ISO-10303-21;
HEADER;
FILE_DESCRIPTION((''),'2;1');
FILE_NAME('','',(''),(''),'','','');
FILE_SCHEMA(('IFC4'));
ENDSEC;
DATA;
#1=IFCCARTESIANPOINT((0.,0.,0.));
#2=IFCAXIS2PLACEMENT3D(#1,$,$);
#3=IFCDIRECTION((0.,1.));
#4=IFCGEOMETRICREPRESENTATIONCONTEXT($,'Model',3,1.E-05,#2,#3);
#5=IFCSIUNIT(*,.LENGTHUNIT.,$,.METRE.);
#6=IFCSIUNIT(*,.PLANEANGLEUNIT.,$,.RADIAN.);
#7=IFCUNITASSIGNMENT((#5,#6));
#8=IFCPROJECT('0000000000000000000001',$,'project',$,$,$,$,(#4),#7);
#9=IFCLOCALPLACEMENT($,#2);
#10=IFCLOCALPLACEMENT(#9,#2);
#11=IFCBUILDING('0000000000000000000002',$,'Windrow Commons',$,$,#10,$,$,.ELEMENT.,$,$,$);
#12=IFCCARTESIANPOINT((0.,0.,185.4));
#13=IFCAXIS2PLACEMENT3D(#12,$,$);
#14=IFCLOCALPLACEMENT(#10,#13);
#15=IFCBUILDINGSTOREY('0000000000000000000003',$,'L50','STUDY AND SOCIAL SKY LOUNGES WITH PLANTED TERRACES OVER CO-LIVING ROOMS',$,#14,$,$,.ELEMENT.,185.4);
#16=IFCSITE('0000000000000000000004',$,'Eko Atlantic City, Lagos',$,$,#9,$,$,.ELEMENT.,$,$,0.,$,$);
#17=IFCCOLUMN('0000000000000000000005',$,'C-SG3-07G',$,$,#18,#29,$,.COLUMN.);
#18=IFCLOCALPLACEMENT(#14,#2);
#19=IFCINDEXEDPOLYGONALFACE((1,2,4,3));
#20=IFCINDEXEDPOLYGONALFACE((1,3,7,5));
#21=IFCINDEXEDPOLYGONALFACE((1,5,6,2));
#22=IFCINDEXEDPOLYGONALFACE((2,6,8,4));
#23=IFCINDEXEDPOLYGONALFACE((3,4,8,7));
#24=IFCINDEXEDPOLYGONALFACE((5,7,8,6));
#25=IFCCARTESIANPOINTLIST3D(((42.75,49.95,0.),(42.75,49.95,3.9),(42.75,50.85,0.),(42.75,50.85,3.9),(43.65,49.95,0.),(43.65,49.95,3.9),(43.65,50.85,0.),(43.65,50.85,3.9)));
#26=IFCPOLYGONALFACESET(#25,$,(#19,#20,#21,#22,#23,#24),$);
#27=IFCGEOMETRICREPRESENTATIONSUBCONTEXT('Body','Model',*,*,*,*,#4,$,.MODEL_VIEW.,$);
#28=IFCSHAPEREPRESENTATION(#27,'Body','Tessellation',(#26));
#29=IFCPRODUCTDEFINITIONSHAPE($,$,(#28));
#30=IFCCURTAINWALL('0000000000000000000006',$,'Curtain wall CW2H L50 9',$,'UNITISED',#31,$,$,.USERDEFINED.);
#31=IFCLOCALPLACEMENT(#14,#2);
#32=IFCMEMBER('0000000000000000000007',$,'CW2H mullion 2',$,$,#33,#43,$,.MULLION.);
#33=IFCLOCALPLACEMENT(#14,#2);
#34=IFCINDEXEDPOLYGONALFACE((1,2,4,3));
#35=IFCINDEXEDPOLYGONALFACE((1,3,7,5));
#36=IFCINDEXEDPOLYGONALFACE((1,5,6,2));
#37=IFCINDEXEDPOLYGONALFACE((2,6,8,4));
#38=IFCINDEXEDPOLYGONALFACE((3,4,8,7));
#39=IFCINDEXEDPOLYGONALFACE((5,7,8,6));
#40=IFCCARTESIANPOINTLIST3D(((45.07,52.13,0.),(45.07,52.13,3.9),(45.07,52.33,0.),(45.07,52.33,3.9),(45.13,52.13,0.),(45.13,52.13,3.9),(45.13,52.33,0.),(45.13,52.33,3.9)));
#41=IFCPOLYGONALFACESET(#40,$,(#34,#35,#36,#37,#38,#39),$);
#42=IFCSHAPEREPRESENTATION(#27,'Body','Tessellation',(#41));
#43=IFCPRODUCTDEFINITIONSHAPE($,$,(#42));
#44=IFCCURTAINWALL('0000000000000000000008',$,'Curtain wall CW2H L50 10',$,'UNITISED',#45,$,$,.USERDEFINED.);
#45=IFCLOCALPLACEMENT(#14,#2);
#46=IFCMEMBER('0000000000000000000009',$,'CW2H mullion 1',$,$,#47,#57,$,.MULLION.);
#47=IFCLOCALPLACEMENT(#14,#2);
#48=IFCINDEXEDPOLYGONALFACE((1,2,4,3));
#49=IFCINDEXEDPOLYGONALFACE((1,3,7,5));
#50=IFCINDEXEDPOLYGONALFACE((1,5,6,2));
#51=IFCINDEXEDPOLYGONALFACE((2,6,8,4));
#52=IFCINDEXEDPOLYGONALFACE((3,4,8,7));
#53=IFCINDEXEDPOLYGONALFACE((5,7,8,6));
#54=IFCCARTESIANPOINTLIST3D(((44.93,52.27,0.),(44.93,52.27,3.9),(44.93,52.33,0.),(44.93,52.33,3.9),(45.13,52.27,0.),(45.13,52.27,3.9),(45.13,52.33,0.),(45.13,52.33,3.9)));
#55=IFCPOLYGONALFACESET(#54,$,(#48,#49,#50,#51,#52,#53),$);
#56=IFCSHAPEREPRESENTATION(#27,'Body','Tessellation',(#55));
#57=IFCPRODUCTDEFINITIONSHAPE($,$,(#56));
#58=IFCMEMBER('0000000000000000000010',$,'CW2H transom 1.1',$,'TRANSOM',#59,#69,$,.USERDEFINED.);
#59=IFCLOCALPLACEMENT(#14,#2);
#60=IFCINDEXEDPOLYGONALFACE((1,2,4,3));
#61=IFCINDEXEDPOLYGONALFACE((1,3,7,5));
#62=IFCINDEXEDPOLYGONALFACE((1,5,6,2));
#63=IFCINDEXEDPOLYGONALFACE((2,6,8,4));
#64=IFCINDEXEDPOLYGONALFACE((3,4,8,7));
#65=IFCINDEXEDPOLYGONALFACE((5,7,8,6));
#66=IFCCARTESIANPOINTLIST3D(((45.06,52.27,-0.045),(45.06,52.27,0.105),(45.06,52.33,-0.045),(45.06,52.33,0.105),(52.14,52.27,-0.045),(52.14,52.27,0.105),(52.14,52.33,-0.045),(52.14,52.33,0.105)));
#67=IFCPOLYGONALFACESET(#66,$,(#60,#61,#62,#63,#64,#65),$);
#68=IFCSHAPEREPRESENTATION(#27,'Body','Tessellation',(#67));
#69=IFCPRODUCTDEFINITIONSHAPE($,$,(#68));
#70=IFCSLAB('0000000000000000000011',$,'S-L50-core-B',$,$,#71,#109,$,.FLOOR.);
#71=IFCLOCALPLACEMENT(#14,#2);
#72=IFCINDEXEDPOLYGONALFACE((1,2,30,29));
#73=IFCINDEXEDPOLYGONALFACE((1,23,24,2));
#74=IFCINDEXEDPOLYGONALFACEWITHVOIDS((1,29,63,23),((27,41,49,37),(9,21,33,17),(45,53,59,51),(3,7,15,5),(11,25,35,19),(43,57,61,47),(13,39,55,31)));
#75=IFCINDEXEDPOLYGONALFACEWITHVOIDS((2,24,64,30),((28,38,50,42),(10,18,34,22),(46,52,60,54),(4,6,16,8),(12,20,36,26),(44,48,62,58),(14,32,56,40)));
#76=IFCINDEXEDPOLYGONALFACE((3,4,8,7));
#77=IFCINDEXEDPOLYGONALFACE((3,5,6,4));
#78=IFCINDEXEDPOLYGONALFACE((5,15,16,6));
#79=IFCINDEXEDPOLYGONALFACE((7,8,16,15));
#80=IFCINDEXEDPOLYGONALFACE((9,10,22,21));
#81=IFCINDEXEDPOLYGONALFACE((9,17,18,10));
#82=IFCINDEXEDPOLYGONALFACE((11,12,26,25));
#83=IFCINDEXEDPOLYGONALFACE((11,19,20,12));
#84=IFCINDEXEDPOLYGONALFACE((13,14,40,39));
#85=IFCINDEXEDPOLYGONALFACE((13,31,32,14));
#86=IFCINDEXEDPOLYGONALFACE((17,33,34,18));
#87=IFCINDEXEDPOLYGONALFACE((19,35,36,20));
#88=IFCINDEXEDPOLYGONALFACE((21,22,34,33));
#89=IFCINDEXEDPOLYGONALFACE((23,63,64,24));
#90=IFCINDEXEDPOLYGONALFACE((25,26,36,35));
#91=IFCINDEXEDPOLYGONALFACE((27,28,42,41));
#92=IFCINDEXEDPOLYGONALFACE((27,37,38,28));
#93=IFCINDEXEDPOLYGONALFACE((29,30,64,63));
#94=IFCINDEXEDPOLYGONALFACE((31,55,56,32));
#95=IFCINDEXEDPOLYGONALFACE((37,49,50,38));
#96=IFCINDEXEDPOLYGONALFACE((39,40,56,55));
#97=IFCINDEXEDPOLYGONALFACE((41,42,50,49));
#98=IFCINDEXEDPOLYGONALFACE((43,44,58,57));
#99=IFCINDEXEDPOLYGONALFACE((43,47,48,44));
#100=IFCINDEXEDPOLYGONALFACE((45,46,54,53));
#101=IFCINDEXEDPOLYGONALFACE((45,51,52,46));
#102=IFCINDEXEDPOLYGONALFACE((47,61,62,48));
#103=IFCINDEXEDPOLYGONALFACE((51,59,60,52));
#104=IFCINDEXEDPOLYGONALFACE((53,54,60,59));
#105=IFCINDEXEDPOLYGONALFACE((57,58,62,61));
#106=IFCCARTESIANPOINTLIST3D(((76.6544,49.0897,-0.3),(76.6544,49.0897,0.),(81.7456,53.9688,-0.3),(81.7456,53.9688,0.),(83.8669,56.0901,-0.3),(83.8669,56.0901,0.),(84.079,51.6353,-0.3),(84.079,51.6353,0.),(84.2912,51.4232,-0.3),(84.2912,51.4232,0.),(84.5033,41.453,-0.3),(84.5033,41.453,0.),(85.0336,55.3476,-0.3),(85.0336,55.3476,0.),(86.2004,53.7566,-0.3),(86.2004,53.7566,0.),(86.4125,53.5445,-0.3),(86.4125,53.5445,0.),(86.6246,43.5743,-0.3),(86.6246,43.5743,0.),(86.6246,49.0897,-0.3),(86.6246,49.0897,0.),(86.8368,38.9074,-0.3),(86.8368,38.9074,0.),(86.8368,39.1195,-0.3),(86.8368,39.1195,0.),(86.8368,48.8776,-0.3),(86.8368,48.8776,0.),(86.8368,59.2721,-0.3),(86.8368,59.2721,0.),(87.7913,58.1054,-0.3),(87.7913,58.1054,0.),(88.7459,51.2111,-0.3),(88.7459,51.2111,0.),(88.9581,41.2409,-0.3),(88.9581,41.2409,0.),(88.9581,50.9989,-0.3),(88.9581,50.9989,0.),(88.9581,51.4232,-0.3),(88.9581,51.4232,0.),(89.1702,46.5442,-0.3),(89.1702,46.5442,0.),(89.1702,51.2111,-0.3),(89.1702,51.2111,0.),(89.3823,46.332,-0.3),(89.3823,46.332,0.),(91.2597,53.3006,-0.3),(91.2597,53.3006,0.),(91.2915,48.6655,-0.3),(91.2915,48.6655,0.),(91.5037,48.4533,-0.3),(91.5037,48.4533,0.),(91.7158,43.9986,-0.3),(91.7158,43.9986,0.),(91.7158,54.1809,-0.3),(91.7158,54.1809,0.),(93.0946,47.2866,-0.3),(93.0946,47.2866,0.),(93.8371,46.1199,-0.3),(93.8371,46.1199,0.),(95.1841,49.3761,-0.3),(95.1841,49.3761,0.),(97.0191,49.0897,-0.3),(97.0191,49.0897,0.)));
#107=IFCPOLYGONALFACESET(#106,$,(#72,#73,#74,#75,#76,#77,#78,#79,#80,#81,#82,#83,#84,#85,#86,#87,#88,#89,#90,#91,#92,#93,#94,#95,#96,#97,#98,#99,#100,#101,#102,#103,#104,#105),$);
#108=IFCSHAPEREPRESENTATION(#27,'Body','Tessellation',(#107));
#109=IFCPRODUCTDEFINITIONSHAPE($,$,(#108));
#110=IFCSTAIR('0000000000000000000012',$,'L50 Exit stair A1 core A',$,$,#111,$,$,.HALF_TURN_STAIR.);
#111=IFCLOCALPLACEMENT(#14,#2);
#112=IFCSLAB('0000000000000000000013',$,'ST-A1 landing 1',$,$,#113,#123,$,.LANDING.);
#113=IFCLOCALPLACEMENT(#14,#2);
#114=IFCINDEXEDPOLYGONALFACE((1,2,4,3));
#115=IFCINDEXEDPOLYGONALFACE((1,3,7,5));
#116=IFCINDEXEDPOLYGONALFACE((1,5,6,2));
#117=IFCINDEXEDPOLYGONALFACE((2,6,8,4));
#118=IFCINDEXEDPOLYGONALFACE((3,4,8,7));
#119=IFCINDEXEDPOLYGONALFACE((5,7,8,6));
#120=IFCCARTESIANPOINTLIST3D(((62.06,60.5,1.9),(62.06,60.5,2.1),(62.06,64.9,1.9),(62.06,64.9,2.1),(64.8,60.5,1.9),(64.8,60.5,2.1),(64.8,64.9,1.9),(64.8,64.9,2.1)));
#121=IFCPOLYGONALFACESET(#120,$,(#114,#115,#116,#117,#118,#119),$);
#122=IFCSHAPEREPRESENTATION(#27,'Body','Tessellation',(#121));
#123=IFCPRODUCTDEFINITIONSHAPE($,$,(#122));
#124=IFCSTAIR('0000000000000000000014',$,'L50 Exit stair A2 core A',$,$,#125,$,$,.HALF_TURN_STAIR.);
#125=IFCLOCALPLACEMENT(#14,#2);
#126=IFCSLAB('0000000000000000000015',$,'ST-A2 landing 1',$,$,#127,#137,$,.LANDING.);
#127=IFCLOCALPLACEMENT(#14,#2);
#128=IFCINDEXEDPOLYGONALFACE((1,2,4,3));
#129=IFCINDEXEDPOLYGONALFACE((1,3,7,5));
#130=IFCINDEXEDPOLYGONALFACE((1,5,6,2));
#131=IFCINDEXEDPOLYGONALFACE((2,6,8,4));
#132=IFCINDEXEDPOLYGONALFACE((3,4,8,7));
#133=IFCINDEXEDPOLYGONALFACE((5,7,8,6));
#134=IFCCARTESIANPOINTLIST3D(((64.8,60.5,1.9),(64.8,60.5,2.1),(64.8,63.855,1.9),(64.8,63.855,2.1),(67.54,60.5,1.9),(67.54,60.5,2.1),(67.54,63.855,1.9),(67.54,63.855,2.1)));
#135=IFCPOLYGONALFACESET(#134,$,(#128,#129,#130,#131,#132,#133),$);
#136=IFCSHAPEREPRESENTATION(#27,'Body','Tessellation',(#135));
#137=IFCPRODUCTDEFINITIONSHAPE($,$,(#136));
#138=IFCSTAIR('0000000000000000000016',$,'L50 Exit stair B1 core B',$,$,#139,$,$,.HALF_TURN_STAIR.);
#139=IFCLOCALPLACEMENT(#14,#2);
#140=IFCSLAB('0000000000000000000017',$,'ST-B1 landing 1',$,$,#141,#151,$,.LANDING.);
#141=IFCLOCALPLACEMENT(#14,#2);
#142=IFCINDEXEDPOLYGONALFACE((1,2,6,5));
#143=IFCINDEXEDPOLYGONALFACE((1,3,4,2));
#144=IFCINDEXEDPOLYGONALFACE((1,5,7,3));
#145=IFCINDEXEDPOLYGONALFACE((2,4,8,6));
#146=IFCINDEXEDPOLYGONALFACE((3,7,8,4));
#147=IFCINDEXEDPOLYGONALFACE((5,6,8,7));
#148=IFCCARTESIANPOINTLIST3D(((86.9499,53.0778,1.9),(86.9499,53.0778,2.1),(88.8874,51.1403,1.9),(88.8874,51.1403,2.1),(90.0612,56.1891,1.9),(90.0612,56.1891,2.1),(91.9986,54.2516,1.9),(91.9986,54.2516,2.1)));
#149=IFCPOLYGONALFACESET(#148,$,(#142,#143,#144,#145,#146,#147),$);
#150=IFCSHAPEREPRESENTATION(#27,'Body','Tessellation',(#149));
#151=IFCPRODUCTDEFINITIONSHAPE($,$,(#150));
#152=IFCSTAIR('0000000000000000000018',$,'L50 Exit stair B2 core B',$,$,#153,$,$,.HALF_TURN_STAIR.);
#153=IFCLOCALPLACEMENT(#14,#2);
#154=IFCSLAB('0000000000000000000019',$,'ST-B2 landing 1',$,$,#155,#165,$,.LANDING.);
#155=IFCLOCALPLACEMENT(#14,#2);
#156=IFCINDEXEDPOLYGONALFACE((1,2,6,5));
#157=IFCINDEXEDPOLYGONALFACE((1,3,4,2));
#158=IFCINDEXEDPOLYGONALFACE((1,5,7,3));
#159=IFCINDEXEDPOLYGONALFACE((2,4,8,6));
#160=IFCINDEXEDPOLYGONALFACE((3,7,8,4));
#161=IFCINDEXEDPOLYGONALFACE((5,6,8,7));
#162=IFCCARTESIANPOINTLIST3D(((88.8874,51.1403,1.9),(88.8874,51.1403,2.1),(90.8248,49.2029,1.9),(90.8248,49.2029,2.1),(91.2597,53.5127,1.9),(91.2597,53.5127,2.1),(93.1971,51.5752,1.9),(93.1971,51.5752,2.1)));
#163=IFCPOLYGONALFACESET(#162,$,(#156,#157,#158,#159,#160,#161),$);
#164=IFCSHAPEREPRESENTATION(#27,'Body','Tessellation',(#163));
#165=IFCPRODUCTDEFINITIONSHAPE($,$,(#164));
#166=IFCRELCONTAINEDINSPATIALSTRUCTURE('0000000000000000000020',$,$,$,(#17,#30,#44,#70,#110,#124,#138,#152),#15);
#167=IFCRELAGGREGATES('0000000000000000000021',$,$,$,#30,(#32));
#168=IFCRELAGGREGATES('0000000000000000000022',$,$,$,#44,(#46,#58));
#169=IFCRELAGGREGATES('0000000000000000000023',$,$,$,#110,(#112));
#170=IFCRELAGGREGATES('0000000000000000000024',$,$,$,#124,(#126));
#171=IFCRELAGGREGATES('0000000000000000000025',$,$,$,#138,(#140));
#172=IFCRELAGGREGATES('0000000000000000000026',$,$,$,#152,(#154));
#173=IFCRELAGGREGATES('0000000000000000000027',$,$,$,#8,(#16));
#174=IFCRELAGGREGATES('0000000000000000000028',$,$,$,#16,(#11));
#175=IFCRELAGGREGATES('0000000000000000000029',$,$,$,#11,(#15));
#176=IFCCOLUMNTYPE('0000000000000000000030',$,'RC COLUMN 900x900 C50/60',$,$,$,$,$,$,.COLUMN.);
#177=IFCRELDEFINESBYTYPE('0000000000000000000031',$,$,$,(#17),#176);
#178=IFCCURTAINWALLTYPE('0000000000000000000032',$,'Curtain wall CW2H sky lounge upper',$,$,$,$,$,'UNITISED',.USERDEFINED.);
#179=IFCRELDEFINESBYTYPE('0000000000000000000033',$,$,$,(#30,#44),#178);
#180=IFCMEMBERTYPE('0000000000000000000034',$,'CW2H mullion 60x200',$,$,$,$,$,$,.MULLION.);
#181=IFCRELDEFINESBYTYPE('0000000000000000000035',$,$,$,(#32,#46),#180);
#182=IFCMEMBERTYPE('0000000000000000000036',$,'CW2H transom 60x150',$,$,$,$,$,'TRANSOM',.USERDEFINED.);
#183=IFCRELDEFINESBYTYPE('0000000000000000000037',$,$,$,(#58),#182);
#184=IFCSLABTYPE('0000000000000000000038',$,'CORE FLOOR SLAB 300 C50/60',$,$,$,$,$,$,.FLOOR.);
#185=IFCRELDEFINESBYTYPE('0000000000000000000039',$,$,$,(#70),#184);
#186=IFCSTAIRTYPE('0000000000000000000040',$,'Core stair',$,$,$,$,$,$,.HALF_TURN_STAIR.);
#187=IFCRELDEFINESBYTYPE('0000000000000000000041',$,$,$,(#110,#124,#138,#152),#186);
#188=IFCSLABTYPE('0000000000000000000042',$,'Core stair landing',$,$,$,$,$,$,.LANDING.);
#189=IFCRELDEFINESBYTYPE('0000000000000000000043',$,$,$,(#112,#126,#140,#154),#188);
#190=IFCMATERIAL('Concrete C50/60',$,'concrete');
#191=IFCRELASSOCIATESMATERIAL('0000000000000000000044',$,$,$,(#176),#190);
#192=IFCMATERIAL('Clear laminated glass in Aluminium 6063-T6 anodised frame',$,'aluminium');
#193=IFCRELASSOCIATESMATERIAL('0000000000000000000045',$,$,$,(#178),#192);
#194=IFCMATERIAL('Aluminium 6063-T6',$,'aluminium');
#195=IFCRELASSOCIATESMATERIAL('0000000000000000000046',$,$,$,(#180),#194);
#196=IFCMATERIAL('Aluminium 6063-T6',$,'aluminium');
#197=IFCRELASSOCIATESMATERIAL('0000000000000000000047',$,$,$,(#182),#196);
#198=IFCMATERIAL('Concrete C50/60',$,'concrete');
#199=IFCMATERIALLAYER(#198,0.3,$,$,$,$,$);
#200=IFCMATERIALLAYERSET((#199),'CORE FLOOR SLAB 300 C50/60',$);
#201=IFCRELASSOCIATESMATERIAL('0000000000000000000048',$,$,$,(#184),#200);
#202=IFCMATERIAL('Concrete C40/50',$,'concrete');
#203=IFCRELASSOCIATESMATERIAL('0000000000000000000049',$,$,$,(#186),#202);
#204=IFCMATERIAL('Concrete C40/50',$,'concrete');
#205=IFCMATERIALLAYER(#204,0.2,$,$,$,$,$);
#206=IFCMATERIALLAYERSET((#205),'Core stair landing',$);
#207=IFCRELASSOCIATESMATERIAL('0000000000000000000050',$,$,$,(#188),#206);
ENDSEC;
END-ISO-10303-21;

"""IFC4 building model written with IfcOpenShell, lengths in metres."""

from ifc_helpers import new_model, si_unit, direction, frame, origin, origin_2d, place, context, subcontext, project, spatial, polyline, rectangle, outline, extrude, material, layer, layer_set, material_profile, profile_set, type_object, element, aggregate, save


model = new_model("IFC4")

# Units and contexts
model_context = context("Model", 3, precision=1e-05, world=origin(), true_north=direction((0.0, 1.0)))
body_context = subcontext(model_context, "Body", "Model", "MODEL_VIEW")
ifc_project = project(units=[si_unit("LENGTHUNIT", "METRE"), si_unit("PLANEANGLEUNIT", "RADIAN")], contexts=[model_context])

# Site, building, storey
site_placement = place(None, origin())
site = spatial("IfcSite", under=ifc_project, at=site_placement, Name="Eko Atlantic City, Lagos", CompositionType="ELEMENT", RefElevation=0.0)
building_placement = place(site_placement, origin())
building = spatial("IfcBuilding", under=site, at=building_placement, Name="Windrow Commons", CompositionType="ELEMENT")
storey_placement = place(building_placement, frame((0.0, 0.0, 185.4)))
storey = spatial("IfcBuildingStorey", under=building, at=storey_placement, Name="L50", Description="STUDY AND SOCIAL SKY LOUNGES WITH PLANTED TERRACES OVER CO-LIVING ROOMS", CompositionType="ELEMENT", Elevation=185.4)

# Column
ifc_material_1 = material(Name="Concrete C50/60", Category="concrete")
ifc_material_profile_1 = material_profile(ifc_material_1, rectangle(XDim=0.9, YDim=0.9, at=origin_2d()))
ifc_profile_set_1 = profile_set([ifc_material_profile_1], Name="Concrete C50/60")
column_type = type_object("IfcColumnType", Name="RC COLUMN 900x900 C50/60", PredefinedType="COLUMN", material=ifc_profile_set_1)
column_placement = place(storey_placement, frame((43.2, 50.4, 0.0), z_axis=(0.0, 0.0, 1.0), x_axis=(1.0, 0.0, 0.0)))
element("IfcColumn", 1, at=column_placement, inside=storey, type_object=column_type, Name="C-SG3-07G", PredefinedType="COLUMN", context=body_context, shape_type="SweptSolid", body=[
    extrude(rectangle(XDim=0.9, YDim=0.9, at=origin_2d()), origin(), (0.0, 0.0, 1.0), 3.9),
])

# Curtain wall, member
ifc_material_2 = material(Name="Clear laminated glass in Aluminium 6063-T6 anodised frame", Category="aluminium")
curtain_wall_type = type_object("IfcCurtainWallType", Name="Curtain wall CW2H sky lounge upper", ElementType="UNITISED", PredefinedType="USERDEFINED", material=ifc_material_2)
placement_1 = place(storey_placement, origin())
curtain_wall_1 = element("IfcCurtainWall", 2, at=placement_1, inside=storey, type_object=curtain_wall_type, Name="Curtain wall CW2H L50 9", ObjectType="UNITISED", PredefinedType="USERDEFINED")
ifc_material_3 = material(Name="Aluminium 6063-T6", Category="aluminium")
ifc_material_profile_2 = material_profile(ifc_material_3, rectangle(XDim=0.06, YDim=0.2, at=origin_2d()))
ifc_profile_set_2 = profile_set([ifc_material_profile_2], Name="Aluminium 6063-T6")
member_type_1 = type_object("IfcMemberType", Name="CW2H mullion 60x200", PredefinedType="MULLION", material=ifc_profile_set_2)
member_1_placement = place(storey_placement, frame((45.1, 52.23, 0.0), z_axis=(0.0, 0.0, 1.0), x_axis=(1.0, 0.0, 0.0)))
member_1 = element("IfcMember", 3, at=member_1_placement, type_object=member_type_1, Name="CW2H mullion 2", PredefinedType="MULLION", context=body_context, shape_type="SweptSolid", body=[
    extrude(rectangle(XDim=0.06, YDim=0.2, at=origin_2d()), origin(), (0.0, 0.0, 1.0), 3.9),
])
aggregate(curtain_wall_1, [member_1])

# Curtain wall, members
curtain_wall_2 = element("IfcCurtainWall", 4, at=placement_1, inside=storey, type_object=curtain_wall_type, Name="Curtain wall CW2H L50 10", ObjectType="UNITISED", PredefinedType="USERDEFINED")
member_2_placement = place(storey_placement, frame((45.03, 52.3, 0.0), z_axis=(0.0, 0.0, 1.0), x_axis=(0.0, 1.0, 0.0)))
member_2 = element("IfcMember", 5, at=member_2_placement, type_object=member_type_1, Name="CW2H mullion 1", PredefinedType="MULLION", context=body_context, shape_type="SweptSolid", body=[
    extrude(rectangle(XDim=0.06, YDim=0.2, at=origin_2d()), origin(), (0.0, 0.0, 1.0), 3.9),
])
ifc_material_4 = material(Name="Aluminium 6063-T6", Category="aluminium")
ifc_material_profile_3 = material_profile(ifc_material_4, rectangle(XDim=0.06, YDim=0.15, at=origin_2d()))
ifc_profile_set_3 = profile_set([ifc_material_profile_3], Name="Aluminium 6063-T6")
member_type_2 = type_object("IfcMemberType", Name="CW2H transom 60x150", ElementType="TRANSOM", PredefinedType="USERDEFINED", material=ifc_profile_set_3)
member_3_placement = place(storey_placement, frame((45.06, 52.3, 0.03), z_axis=(1.0, 0.0, 0.0), x_axis=(0.0, 1.0, 0.0)))
member_3 = element("IfcMember", 6, at=member_3_placement, type_object=member_type_2, Name="CW2H transom 1.1", ObjectType="TRANSOM", PredefinedType="USERDEFINED", context=body_context, shape_type="SweptSolid", body=[
    extrude(rectangle(XDim=0.06, YDim=0.15, at=origin_2d()), origin(), (0.0, 0.0, 1.0), 7.08),
])
aggregate(curtain_wall_2, [member_2, member_3])

# Slab, openings
ifc_material_5 = material(Name="Concrete C50/60", Category="concrete")
ifc_layer_1 = layer(ifc_material_5, 0.3)
ifc_layer_set_1 = layer_set([ifc_layer_1], Name="CORE FLOOR SLAB 300 C50/60")
slab_type_1 = type_object("IfcSlabType", Name="CORE FLOOR SLAB 300 C50/60", PredefinedType="FLOOR", material=ifc_layer_set_1)
placement_2 = place(storey_placement, frame((0.0, 0.0, -0.3)))
slab_1 = element("IfcSlab", 7, at=placement_2, inside=storey, type_object=slab_type_1, Name="S-L50-core-B", PredefinedType="FLOOR", context=body_context, shape_type="SweptSolid", body=[
    extrude(outline(polyline([(76.6544, 49.0897), (86.8368, 38.9074), (97.0191, 49.0897), (86.8368, 59.2721), (76.6544, 49.0897)]), holes=[polyline([(84.5033, 41.453), (86.8368, 39.1195), (88.9581, 41.2409), (86.6246, 43.5743), (84.5033, 41.453)]), polyline([(81.7456, 53.9688), (84.079, 51.6353), (86.2004, 53.7566), (83.8669, 56.0901), (81.7456, 53.9688)]), polyline([(84.2912, 51.4232), (86.6246, 49.0897), (88.7459, 51.2111), (86.4125, 53.5445), (84.2912, 51.4232)]), polyline([(86.8368, 48.8776), (89.1702, 46.5442), (91.2915, 48.6655), (88.9581, 50.9989), (86.8368, 48.8776)]), polyline([(89.3823, 46.332), (91.7158, 43.9986), (93.8371, 46.1199), (91.5037, 48.4533), (89.3823, 46.332)]), polyline([(85.0336, 55.3476), (88.9581, 51.4232), (91.7158, 54.1809), (87.7913, 58.1054), (85.0336, 55.3476)]), polyline([(89.1702, 51.2111), (93.0946, 47.2866), (95.1841, 49.3761), (91.2597, 53.3006), (89.1702, 51.2111)])]), origin(), (0.0, 0.0, 1.0), 0.3),
])
opening_1_placement = place(placement_2, origin())
element("IfcOpeningElement", 8, at=opening_1_placement, cuts=slab_1, PredefinedType="OPENING", context=body_context, shape_type="SweptSolid", body=[
    extrude(outline(polyline([(84.5104, 41.453), (86.6246, 43.5672), (88.951, 41.2409), (86.8368, 39.1266), (84.5104, 41.453)])), origin(), (0.0, 0.0, 1.0), 0.3),
])
opening_2_placement = place(placement_2, origin())
element("IfcOpeningElement", 9, at=opening_2_placement, cuts=slab_1, PredefinedType="OPENING", context=body_context, shape_type="SweptSolid", body=[
    extrude(outline(polyline([(81.7527, 53.9688), (83.8669, 56.083), (86.1933, 53.7566), (84.079, 51.6424), (81.7527, 53.9688)])), origin(), (0.0, 0.0, 1.0), 0.3),
])
opening_3_placement = place(placement_2, origin())
element("IfcOpeningElement", 10, at=opening_3_placement, cuts=slab_1, PredefinedType="OPENING", context=body_context, shape_type="SweptSolid", body=[
    extrude(outline(polyline([(84.2983, 51.4232), (86.4125, 53.5374), (88.7388, 51.2111), (86.6246, 49.0968), (84.2983, 51.4232)])), origin(), (0.0, 0.0, 1.0), 0.3),
])
opening_4_placement = place(placement_2, origin())
element("IfcOpeningElement", 11, at=opening_4_placement, cuts=slab_1, PredefinedType="OPENING", context=body_context, shape_type="SweptSolid", body=[
    extrude(outline(polyline([(86.8439, 48.8776), (88.9581, 50.9918), (91.2844, 48.6655), (89.1702, 46.5513), (86.8439, 48.8776)])), origin(), (0.0, 0.0, 1.0), 0.3),
])
opening_5_placement = place(placement_2, origin())
element("IfcOpeningElement", 12, at=opening_5_placement, cuts=slab_1, PredefinedType="OPENING", context=body_context, shape_type="SweptSolid", body=[
    extrude(outline(polyline([(89.3894, 46.332), (91.5037, 48.4462), (93.83, 46.1199), (91.7158, 44.0057), (89.3894, 46.332)])), origin(), (0.0, 0.0, 1.0), 0.3),
])
opening_6_placement = place(placement_2, origin())
element("IfcOpeningElement", 13, at=opening_6_placement, cuts=slab_1, PredefinedType="OPENING", context=body_context, shape_type="SweptSolid", body=[
    extrude(outline(polyline([(85.0407, 55.3476), (87.7913, 58.0983), (91.7087, 54.1809), (88.9581, 51.4303), (85.0407, 55.3476)])), origin(), (0.0, 0.0, 1.0), 0.3),
])
opening_7_placement = place(placement_2, origin())
element("IfcOpeningElement", 14, at=opening_7_placement, cuts=slab_1, PredefinedType="OPENING", context=body_context, shape_type="SweptSolid", body=[
    extrude(outline(polyline([(89.1773, 51.2111), (91.2597, 53.2935), (95.177, 49.3761), (93.0946, 47.2937), (89.1773, 51.2111)])), origin(), (0.0, 0.0, 1.0), 0.3),
])

# Stairs, slabs
ifc_material_6 = material(Name="Concrete C40/50", Category="concrete")
stair_type = type_object("IfcStairType", Name="Core stair", PredefinedType="HALF_TURN_STAIR", material=ifc_material_6)
stair_1 = element("IfcStair", 15, at=placement_1, inside=storey, type_object=stair_type, Name="L50 Exit stair A1 core A", PredefinedType="HALF_TURN_STAIR")
ifc_material_7 = material(Name="Concrete C40/50", Category="concrete")
ifc_layer_2 = layer(ifc_material_7, 0.2)
ifc_layer_set_2 = layer_set([ifc_layer_2], Name="Core stair landing")
slab_type_2 = type_object("IfcSlabType", Name="Core stair landing", PredefinedType="LANDING", material=ifc_layer_set_2)
placement_3 = place(storey_placement, frame((0.0, 0.0, 1.9)))
slab_2 = element("IfcSlab", 16, at=placement_3, type_object=slab_type_2, Name="ST-A1 landing 1", PredefinedType="LANDING", context=body_context, shape_type="SweptSolid", body=[
    extrude(outline(polyline([(62.06, 60.5), (64.8, 60.5), (64.8, 64.9), (62.06, 64.9), (62.06, 60.5)])), origin(), (0.0, 0.0, 1.0), 0.2),
])
aggregate(stair_1, [slab_2])
stair_2 = element("IfcStair", 17, at=placement_1, inside=storey, type_object=stair_type, Name="L50 Exit stair A2 core A", PredefinedType="HALF_TURN_STAIR")
slab_3 = element("IfcSlab", 18, at=placement_3, type_object=slab_type_2, Name="ST-A2 landing 1", PredefinedType="LANDING", context=body_context, shape_type="SweptSolid", body=[
    extrude(outline(polyline([(64.8, 60.5), (67.54, 60.5), (67.54, 63.855), (64.8, 63.855), (64.8, 60.5)])), origin(), (0.0, 0.0, 1.0), 0.2),
])
aggregate(stair_2, [slab_3])
stair_3 = element("IfcStair", 19, at=placement_1, inside=storey, type_object=stair_type, Name="L50 Exit stair B1 core B", PredefinedType="HALF_TURN_STAIR")
slab_4 = element("IfcSlab", 20, at=placement_3, type_object=slab_type_2, Name="ST-B1 landing 1", PredefinedType="LANDING", context=body_context, shape_type="SweptSolid", body=[
    extrude(outline(polyline([(86.9499, 53.0778), (88.8874, 51.1403), (91.9986, 54.2516), (90.0612, 56.1891), (86.9499, 53.0778)])), origin(), (0.0, 0.0, 1.0), 0.2),
])
aggregate(stair_3, [slab_4])
stair_4 = element("IfcStair", 21, at=placement_1, inside=storey, type_object=stair_type, Name="L50 Exit stair B2 core B", PredefinedType="HALF_TURN_STAIR")
slab_5 = element("IfcSlab", 22, at=placement_3, type_object=slab_type_2, Name="ST-B2 landing 1", PredefinedType="LANDING", context=body_context, shape_type="SweptSolid", body=[
    extrude(outline(polyline([(88.8874, 51.1403), (90.8248, 49.2029), (93.1971, 51.5752), (91.2597, 53.5127), (88.8874, 51.1403)])), origin(), (0.0, 0.0, 1.0), 0.2),
])
aggregate(stair_4, [slab_5])

save(model, "model.ifc")
